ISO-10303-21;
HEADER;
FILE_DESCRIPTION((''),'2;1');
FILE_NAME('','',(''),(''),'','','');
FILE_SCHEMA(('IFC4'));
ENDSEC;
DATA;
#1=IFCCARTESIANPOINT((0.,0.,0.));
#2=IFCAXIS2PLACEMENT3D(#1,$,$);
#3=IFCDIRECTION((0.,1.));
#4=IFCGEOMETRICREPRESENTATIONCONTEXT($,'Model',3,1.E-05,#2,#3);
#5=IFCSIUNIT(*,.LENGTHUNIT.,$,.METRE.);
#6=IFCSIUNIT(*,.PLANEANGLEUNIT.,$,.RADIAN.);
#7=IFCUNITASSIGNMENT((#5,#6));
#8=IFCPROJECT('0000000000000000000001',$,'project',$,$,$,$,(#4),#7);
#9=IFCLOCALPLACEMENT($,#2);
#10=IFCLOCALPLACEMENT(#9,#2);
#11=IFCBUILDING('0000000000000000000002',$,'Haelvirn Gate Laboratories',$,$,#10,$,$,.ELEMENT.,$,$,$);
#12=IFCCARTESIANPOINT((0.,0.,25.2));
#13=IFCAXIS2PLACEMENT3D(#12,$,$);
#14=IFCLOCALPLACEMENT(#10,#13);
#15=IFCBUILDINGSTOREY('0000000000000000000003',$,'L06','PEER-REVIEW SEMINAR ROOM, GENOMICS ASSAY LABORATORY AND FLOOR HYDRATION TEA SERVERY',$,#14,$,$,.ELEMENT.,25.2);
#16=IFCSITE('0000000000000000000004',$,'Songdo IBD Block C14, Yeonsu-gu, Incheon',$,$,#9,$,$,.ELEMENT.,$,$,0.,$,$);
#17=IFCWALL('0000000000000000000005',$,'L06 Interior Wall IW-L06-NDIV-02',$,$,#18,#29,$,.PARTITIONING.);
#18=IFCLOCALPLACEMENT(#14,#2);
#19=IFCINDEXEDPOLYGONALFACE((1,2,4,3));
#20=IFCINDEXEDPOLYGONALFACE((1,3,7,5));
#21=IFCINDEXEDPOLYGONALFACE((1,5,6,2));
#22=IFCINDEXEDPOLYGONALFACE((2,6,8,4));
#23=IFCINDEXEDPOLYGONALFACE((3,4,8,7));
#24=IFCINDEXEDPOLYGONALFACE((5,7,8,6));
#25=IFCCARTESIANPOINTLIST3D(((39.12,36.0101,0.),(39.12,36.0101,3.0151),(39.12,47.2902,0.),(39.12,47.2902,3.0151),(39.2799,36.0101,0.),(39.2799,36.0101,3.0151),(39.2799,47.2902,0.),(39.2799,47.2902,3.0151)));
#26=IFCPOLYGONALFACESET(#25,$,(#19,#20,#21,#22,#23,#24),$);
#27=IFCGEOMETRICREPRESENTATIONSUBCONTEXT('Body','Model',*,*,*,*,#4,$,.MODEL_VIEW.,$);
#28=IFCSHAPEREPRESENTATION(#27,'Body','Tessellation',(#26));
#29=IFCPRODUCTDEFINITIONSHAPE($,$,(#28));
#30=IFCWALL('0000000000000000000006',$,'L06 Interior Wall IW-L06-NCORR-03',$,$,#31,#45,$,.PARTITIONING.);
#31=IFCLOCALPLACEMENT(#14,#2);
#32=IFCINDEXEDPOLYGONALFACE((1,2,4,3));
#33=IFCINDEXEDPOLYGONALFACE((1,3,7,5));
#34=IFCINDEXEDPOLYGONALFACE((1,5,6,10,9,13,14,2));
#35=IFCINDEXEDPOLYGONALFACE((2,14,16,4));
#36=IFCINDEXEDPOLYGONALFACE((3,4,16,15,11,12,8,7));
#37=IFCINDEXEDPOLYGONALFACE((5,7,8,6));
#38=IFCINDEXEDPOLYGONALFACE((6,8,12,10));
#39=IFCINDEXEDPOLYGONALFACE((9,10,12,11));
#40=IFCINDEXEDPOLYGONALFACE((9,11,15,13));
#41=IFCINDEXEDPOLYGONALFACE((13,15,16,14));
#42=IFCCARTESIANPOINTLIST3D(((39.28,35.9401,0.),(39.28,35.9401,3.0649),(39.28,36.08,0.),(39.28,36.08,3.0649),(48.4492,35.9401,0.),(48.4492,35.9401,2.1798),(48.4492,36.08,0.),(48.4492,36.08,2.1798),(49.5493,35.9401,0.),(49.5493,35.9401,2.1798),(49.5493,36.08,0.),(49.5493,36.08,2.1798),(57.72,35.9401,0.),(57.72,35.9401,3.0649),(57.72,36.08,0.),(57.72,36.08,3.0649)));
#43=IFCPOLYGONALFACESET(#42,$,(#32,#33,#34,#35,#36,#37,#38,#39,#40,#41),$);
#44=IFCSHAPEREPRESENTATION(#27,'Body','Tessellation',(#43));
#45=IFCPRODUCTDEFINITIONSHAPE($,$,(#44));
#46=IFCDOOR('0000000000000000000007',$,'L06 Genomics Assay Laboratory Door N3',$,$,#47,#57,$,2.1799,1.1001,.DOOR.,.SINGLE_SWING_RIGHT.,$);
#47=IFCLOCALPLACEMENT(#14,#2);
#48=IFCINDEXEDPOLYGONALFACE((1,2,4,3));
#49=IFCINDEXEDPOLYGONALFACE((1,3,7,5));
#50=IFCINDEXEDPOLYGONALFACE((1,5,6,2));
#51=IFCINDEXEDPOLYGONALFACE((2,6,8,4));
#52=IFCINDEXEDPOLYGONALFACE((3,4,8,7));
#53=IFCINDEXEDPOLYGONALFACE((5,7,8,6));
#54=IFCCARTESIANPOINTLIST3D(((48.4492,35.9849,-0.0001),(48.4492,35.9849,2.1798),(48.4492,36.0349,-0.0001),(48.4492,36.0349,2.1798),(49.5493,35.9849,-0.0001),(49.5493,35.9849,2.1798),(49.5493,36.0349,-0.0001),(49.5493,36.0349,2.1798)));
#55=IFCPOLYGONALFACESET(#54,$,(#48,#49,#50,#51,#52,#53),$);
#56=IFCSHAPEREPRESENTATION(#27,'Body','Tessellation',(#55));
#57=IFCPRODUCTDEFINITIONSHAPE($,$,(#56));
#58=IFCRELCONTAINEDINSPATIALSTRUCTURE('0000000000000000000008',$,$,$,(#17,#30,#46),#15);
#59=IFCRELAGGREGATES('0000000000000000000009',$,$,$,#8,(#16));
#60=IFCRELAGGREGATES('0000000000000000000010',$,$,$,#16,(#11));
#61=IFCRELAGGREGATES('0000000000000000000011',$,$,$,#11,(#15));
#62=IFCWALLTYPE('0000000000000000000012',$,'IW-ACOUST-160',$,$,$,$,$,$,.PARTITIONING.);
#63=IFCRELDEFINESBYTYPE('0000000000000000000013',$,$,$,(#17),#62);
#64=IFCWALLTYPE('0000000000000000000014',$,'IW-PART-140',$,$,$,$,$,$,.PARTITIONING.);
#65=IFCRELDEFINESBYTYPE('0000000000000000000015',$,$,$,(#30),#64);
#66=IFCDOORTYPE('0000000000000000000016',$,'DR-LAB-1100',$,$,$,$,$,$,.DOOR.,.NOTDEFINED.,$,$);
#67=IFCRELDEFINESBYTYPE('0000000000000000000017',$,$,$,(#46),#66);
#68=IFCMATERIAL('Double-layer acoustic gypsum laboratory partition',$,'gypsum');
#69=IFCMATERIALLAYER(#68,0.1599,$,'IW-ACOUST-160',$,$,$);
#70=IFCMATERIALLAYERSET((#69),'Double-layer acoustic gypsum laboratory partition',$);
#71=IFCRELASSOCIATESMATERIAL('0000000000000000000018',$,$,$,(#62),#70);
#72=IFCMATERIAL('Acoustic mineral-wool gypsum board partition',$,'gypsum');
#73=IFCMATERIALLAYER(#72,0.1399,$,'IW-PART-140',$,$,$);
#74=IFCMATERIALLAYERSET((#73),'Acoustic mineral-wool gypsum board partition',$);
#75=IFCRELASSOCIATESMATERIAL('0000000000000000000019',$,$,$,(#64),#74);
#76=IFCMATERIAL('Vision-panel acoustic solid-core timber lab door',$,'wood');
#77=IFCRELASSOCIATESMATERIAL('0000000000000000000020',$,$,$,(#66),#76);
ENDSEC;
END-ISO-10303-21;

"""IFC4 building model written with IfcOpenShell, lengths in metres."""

from ifc_helpers import new_model, si_unit, direction, frame, frame_2d, origin, place, context, subcontext, project, spatial, rectangle, extrude, source, transform, mapped, material, layer, layer_set, type_object, type_shapes, element, fill, save


model = new_model("IFC4")

# Units and contexts
model_context = context("Model", 3, precision=1e-05, world=origin(), true_north=direction((0.0, 1.0)))
body_context = subcontext(model_context, "Body", "Model", "MODEL_VIEW")
ifc_project = project(units=[si_unit("LENGTHUNIT", "METRE"), si_unit("PLANEANGLEUNIT", "RADIAN")], contexts=[model_context])

# Site, building, storey
site_placement = place(None, origin())
site = spatial("IfcSite", under=ifc_project, at=site_placement, Name="Songdo IBD Block C14, Yeonsu-gu, Incheon", CompositionType="ELEMENT", RefElevation=0.0)
building_placement = place(site_placement, origin())
building = spatial("IfcBuilding", under=site, at=building_placement, Name="Haelvirn Gate Laboratories", CompositionType="ELEMENT")
storey_placement = place(building_placement, frame((0.0, 0.0, 25.2)))
storey = spatial("IfcBuildingStorey", under=building, at=storey_placement, Name="L06", Description="PEER-REVIEW SEMINAR ROOM, GENOMICS ASSAY LABORATORY AND FLOOR HYDRATION TEA SERVERY", CompositionType="ELEMENT", Elevation=25.2)

# Wall
ifc_material_1 = material(Name="Double-layer acoustic gypsum laboratory partition", Category="gypsum")
ifc_layer_1 = layer(ifc_material_1, 0.1599, Name="IW-ACOUST-160")
ifc_layer_set_1 = layer_set([ifc_layer_1], Name="Double-layer acoustic gypsum laboratory partition")
wall_type_1 = type_object("IfcWallType", Name="IW-ACOUST-160", PredefinedType="PARTITIONING", material=ifc_layer_set_1)
wall_1_placement = place(storey_placement, frame((39.2, 36.01, 0.0), z_axis=(0.0, 0.0, 1.0), x_axis=(0.0, 1.0, 0.0)))
element("IfcWall", 1, at=wall_1_placement, inside=storey, type_object=wall_type_1, Name="L06 Interior Wall IW-L06-NDIV-02", PredefinedType="PARTITIONING", context=body_context, shape_type="SweptSolid", body=[
    extrude(rectangle(XDim=11.28, YDim=0.1599, at=frame_2d((5.6401, 0.0))), origin(), (0.0, 0.0, 1.0), 3.0151),
])

# Wall, opening, door
ifc_material_2 = material(Name="Acoustic mineral-wool gypsum board partition", Category="gypsum")
ifc_layer_2 = layer(ifc_material_2, 0.1399, Name="IW-PART-140")
ifc_layer_set_2 = layer_set([ifc_layer_2], Name="Acoustic mineral-wool gypsum board partition")
wall_type_2 = type_object("IfcWallType", Name="IW-PART-140", PredefinedType="PARTITIONING", material=ifc_layer_set_2)
wall_2_placement = place(storey_placement, frame((39.28, 36.01, 0.0), z_axis=(0.0, 0.0, 1.0), x_axis=(1.0, 0.0, 0.0)))
wall_2 = element("IfcWall", 2, at=wall_2_placement, inside=storey, type_object=wall_type_2, Name="L06 Interior Wall IW-L06-NCORR-03", PredefinedType="PARTITIONING", context=body_context, shape_type="SweptSolid", body=[
    extrude(rectangle(XDim=18.4399, YDim=0.1399, at=frame_2d((9.22, 0.0))), origin(), (0.0, 0.0, 1.0), 3.0649),
])
opening_placement = place(wall_2_placement, frame((9.1692, 0.0, 0.0)))
opening = element("IfcOpeningElement", 3, at=opening_placement, cuts=wall_2, PredefinedType="OPENING", context=body_context, shape_type="SweptSolid", body=[
    extrude(rectangle(XDim=1.1001, YDim=2.1799, at=frame_2d((0.55, 1.0898))), frame((0.0, 0.0801, 0.0), z_axis=(0.0, -1.0, 0.0), x_axis=(1.0, 0.0, 0.0)), (0.0, 0.0, 1.0), 0.1599),
])
ifc_material_3 = material(Name="Vision-panel acoustic solid-core timber lab door", Category="wood")
door_type = type_object("IfcDoorType", Name="DR-LAB-1100", OperationType="NOTDEFINED", PredefinedType="DOOR", material=ifc_material_3)
shared_shape_1 = source(origin(), body_context, "Body", "SweptSolid", [
    extrude(rectangle(XDim=1.1001, YDim=2.1799, at=frame_2d((0.55, 1.0898))), frame((0.0, 0.0249, 0.0), z_axis=(0.0, -1.0, 0.0), x_axis=(1.0, 0.0, 0.0)), (0.0, 0.0, 1.0), 0.05),
])
type_shapes(door_type, [shared_shape_1])
door_placement = place(opening_placement, origin())
door = element("IfcDoor", 4, at=door_placement, inside=storey, type_object=door_type, Name="L06 Genomics Assay Laboratory Door N3", OperationType="SINGLE_SWING_RIGHT", OverallHeight=2.1799, OverallWidth=1.1001, PredefinedType="DOOR", context=body_context, shape_type="MappedRepresentation", body=[
    mapped(shared_shape_1, transform((0.0, 0.0, 0.0), scale=1.0)),
])
fill(opening, door)

save(model, "model.ifc")
